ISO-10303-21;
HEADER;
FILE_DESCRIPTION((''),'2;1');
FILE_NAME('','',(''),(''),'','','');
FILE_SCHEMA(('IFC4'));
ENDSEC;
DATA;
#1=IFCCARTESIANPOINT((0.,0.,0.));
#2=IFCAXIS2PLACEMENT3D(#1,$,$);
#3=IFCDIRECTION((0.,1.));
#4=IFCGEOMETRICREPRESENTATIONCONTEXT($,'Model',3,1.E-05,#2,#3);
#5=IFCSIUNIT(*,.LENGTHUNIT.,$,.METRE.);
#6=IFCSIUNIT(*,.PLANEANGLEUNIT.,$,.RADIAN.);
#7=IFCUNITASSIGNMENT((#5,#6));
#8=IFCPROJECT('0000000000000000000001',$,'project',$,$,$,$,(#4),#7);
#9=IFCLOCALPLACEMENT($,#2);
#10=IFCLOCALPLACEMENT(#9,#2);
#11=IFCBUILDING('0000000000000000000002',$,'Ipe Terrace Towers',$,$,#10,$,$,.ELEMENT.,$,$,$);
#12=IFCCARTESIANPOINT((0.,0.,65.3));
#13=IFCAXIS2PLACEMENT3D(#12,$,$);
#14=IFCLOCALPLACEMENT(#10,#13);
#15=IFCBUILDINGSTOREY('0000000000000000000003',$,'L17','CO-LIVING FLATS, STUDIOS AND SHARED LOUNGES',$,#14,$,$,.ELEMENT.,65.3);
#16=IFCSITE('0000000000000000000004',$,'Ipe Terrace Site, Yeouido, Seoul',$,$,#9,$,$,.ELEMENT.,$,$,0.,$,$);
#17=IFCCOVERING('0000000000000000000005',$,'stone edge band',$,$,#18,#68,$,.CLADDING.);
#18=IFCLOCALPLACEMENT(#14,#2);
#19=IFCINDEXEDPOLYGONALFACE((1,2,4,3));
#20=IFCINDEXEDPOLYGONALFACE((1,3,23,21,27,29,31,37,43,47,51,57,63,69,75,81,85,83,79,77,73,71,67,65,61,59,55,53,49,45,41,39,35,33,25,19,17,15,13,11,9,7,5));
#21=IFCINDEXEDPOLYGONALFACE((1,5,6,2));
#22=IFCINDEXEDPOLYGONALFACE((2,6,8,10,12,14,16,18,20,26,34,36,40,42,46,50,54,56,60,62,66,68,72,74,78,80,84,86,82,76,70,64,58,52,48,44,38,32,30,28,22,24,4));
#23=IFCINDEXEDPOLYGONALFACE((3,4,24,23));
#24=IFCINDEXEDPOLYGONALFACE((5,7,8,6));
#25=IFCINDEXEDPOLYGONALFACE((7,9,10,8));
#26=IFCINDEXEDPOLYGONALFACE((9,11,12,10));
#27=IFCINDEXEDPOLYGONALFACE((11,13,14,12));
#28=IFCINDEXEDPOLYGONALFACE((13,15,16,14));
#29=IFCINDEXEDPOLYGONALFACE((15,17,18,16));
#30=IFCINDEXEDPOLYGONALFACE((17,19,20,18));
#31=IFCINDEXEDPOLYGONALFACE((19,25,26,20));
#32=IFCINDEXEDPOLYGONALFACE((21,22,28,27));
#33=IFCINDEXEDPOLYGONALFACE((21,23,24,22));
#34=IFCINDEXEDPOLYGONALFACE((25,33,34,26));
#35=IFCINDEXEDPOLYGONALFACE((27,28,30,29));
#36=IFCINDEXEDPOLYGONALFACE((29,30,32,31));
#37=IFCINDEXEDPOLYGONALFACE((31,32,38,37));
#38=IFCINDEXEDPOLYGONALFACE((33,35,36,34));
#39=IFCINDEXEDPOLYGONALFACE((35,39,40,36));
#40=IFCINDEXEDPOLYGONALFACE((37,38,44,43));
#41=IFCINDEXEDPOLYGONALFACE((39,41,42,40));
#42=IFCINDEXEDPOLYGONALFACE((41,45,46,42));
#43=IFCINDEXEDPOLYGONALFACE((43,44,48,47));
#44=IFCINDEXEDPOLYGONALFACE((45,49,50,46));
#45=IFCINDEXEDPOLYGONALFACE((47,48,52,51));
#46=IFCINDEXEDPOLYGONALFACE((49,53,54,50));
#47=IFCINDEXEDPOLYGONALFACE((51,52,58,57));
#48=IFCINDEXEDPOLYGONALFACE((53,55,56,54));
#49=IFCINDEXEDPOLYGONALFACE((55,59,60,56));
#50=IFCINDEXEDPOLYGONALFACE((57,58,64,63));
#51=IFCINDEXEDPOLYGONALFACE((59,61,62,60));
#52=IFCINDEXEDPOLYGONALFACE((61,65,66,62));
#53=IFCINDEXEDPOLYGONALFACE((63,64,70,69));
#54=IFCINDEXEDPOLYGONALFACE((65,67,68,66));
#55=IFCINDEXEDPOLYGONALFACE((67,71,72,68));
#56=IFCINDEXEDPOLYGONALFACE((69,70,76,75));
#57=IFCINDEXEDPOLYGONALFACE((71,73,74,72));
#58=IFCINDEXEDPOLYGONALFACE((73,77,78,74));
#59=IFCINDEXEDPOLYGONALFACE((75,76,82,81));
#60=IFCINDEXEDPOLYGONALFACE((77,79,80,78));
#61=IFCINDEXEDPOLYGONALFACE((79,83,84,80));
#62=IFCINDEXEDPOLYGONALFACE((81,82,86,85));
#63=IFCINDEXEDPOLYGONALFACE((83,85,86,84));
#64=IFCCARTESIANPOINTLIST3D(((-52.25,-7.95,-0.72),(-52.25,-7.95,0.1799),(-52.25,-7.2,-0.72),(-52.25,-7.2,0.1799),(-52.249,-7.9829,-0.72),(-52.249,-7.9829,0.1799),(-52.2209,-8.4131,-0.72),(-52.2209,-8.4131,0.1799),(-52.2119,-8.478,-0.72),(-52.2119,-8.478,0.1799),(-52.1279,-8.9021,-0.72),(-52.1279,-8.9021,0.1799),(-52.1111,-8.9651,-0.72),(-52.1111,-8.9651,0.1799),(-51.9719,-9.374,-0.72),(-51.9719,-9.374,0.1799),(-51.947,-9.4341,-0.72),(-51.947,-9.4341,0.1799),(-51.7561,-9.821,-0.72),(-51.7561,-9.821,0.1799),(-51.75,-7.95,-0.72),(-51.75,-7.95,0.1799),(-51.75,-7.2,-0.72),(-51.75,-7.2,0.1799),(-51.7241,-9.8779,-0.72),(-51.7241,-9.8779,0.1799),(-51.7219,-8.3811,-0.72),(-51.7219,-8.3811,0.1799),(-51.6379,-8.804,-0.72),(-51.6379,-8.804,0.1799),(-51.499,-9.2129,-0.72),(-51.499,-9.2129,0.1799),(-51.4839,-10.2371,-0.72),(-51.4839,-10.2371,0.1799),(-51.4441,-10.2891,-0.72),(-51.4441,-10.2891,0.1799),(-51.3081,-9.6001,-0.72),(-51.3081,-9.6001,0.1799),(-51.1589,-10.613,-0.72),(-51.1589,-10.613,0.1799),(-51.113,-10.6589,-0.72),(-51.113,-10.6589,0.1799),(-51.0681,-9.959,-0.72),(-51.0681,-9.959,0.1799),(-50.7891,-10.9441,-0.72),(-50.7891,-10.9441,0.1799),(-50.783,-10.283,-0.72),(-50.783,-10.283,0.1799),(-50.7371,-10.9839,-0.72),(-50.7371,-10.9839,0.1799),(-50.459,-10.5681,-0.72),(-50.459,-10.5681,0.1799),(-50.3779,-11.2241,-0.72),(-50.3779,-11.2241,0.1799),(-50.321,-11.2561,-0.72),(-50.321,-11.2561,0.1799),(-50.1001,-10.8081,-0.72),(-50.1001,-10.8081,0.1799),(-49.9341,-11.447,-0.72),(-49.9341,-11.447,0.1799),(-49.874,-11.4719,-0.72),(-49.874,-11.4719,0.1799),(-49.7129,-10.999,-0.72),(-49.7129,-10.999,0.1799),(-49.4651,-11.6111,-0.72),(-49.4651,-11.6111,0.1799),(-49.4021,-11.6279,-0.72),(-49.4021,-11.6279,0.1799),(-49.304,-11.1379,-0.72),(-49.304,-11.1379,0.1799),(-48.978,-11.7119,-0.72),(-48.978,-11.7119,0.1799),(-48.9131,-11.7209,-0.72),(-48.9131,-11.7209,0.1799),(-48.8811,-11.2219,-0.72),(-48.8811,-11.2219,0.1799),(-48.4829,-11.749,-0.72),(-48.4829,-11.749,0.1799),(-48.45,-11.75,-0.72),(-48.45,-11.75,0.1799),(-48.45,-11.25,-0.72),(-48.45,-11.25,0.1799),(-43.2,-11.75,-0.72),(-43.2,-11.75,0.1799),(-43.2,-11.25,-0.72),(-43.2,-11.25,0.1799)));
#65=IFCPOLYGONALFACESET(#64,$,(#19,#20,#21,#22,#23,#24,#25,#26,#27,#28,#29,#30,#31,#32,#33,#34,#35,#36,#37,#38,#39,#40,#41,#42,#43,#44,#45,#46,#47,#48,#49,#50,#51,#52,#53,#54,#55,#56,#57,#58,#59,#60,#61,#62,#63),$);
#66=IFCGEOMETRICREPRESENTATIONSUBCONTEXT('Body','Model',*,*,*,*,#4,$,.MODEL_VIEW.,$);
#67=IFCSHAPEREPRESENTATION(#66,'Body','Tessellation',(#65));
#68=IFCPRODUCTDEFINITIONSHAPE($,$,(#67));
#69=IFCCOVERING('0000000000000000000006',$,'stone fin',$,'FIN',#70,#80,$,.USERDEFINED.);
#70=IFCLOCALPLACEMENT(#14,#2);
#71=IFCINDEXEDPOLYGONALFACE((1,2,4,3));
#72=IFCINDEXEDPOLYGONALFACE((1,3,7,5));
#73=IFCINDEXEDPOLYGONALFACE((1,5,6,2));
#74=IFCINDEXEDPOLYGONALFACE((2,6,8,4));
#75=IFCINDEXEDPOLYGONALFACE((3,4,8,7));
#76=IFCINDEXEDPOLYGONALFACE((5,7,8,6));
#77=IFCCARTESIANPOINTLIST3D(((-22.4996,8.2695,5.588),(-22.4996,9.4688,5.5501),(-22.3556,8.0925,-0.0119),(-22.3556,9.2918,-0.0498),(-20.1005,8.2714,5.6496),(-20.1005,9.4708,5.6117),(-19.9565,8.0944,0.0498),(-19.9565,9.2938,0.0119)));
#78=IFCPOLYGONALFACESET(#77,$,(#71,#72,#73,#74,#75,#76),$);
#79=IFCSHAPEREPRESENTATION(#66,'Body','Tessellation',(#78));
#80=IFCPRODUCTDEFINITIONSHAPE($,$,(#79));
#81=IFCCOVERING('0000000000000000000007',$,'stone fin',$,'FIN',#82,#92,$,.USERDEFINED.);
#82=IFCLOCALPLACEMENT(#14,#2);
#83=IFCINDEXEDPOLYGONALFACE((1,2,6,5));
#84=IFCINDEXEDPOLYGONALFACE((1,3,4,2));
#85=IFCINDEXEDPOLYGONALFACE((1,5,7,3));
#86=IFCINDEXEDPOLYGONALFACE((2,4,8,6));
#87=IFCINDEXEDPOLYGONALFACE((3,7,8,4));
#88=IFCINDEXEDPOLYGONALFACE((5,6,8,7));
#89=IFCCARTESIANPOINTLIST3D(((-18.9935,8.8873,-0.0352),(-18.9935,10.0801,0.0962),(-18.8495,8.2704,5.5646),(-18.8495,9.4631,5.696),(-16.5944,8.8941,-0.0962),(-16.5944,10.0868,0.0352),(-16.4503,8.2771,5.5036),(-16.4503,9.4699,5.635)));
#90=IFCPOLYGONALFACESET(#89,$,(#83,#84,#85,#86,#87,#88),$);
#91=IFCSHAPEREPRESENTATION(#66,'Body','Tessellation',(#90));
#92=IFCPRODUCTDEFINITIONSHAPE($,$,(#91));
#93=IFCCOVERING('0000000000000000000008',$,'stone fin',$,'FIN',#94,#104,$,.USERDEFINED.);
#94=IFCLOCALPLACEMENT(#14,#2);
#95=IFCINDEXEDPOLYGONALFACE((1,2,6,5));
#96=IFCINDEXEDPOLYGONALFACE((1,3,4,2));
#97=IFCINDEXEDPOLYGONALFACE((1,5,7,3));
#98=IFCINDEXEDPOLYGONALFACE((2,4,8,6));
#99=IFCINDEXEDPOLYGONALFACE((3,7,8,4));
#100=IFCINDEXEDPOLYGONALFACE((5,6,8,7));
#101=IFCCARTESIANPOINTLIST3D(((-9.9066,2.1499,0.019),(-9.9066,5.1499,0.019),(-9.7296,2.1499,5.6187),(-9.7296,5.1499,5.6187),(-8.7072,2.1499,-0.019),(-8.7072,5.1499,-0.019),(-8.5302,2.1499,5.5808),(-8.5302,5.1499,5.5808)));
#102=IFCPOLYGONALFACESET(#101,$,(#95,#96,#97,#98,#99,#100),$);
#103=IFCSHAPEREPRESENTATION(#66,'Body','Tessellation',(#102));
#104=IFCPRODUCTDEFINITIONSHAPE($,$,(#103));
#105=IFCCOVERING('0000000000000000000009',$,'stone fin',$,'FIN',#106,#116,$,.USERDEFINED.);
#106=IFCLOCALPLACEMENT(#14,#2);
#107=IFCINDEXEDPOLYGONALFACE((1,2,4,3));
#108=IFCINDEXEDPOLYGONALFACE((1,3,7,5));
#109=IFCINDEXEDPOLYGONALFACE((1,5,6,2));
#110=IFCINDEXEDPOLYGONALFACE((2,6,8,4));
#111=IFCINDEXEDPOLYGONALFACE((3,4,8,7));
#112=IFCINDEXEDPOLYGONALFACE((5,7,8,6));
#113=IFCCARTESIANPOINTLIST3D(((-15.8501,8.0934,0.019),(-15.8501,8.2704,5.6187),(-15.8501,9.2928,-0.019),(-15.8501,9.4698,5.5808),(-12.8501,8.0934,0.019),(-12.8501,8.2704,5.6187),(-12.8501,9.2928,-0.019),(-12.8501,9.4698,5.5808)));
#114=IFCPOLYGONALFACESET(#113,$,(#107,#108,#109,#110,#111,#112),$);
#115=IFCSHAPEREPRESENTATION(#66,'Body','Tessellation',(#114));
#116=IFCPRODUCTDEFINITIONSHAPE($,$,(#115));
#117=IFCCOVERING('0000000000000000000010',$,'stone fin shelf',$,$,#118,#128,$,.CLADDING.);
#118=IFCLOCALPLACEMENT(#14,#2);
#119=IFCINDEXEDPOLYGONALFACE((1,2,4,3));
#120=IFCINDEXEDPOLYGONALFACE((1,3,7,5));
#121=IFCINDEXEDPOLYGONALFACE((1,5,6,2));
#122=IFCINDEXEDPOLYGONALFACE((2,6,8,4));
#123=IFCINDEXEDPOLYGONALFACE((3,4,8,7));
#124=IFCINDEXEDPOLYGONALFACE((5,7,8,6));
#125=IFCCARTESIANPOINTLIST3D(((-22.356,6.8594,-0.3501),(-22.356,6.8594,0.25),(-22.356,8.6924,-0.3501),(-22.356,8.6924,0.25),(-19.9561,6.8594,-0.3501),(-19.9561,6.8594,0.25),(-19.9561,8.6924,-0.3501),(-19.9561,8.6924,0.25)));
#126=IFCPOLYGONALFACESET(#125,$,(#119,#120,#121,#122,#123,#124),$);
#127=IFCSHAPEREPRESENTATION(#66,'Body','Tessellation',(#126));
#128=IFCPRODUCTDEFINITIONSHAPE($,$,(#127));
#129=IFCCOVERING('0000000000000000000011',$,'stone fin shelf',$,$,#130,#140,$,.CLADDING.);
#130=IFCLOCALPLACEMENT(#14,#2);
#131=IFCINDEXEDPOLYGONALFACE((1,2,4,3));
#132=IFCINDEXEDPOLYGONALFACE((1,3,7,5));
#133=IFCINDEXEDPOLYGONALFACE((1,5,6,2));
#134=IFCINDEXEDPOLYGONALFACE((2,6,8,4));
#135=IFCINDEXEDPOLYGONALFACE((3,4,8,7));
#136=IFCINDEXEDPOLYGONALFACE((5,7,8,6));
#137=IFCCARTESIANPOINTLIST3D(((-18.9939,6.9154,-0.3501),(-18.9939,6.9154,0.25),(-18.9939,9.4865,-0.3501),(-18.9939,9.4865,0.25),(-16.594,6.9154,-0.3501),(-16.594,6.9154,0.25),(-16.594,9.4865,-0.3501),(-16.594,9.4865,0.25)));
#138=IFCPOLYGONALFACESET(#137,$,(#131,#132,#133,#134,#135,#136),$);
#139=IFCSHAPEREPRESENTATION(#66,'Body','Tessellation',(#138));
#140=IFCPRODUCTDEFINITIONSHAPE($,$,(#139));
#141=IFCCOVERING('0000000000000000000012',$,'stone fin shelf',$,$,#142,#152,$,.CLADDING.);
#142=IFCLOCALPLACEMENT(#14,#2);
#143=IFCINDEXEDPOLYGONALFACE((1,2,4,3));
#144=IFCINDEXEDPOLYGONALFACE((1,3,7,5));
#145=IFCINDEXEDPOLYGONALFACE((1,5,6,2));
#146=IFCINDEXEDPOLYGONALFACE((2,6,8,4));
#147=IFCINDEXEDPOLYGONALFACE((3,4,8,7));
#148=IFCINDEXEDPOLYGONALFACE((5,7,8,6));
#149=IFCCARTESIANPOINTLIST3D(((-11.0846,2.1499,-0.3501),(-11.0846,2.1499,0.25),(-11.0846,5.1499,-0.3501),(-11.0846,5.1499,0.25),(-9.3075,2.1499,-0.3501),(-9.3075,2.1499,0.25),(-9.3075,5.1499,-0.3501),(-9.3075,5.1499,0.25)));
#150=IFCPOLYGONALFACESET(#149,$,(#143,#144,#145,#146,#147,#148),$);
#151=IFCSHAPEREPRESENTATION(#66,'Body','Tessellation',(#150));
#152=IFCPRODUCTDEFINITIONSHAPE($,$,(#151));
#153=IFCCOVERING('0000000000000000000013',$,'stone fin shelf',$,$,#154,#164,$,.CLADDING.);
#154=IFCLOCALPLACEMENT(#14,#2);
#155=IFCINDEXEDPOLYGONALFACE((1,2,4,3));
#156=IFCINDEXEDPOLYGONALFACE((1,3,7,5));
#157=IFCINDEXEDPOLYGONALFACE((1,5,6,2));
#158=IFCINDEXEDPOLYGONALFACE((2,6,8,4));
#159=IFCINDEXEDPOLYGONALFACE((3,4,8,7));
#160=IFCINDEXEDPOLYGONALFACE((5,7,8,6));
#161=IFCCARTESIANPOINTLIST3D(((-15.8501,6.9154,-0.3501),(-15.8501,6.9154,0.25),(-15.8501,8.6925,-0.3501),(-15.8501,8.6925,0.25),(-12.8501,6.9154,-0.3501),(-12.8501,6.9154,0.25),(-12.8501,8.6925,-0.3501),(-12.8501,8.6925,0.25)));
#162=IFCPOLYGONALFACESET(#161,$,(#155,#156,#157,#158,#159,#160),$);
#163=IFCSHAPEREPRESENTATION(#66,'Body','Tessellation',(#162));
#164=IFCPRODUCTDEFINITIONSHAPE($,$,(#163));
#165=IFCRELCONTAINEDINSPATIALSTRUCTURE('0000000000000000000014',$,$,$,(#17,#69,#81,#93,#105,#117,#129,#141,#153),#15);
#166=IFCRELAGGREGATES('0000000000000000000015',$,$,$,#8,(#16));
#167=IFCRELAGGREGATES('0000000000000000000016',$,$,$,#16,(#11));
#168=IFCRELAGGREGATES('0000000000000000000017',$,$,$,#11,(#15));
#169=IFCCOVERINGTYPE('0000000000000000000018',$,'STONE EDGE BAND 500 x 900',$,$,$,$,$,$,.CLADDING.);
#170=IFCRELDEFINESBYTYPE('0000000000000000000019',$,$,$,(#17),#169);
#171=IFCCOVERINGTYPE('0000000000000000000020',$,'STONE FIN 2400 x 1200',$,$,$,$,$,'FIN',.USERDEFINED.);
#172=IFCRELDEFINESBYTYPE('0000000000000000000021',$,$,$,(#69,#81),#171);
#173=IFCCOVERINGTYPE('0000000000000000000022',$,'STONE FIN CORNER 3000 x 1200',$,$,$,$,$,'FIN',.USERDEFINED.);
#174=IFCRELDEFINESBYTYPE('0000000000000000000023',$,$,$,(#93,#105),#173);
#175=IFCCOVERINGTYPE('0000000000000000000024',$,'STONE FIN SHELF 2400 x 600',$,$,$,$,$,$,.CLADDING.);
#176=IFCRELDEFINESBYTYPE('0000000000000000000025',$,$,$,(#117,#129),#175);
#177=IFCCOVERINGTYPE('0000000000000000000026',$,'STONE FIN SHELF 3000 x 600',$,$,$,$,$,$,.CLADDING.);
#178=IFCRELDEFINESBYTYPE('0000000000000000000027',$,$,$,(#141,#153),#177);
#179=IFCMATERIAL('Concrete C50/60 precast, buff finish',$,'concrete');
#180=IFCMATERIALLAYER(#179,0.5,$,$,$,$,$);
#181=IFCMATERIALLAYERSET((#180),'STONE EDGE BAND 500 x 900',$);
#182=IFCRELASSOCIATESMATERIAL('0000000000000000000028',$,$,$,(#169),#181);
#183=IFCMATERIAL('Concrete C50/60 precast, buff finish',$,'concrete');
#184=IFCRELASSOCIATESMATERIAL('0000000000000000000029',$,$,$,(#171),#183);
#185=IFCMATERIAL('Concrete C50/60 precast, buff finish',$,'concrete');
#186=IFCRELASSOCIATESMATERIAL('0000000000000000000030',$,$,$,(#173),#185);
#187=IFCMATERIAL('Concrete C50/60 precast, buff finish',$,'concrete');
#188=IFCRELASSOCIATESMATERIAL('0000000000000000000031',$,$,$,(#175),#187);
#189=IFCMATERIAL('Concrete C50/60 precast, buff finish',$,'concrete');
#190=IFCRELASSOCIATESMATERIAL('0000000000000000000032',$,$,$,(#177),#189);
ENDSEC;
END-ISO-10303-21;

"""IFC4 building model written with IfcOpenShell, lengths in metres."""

from ifc_helpers import new_model, si_unit, direction, frame, origin, origin_2d, place, context, subcontext, project, spatial, polyline, rectangle, outline, extrude, material, layer, layer_set, material_profile, profile_set, type_object, element, save


model = new_model("IFC4")

# Units and contexts
model_context = context("Model", 3, precision=1e-05, world=origin(), true_north=direction((0.0, 1.0)))
body_context = subcontext(model_context, "Body", "Model", "MODEL_VIEW")
ifc_project = project(units=[si_unit("LENGTHUNIT", "METRE"), si_unit("PLANEANGLEUNIT", "RADIAN")], contexts=[model_context])

# Site, building, storey
site_placement = place(None, origin())
site = spatial("IfcSite", under=ifc_project, at=site_placement, Name="Ipe Terrace Site, Yeouido, Seoul", CompositionType="ELEMENT", RefElevation=0.0)
building_placement = place(site_placement, origin())
building = spatial("IfcBuilding", under=site, at=building_placement, Name="Ipe Terrace Towers", CompositionType="ELEMENT")
storey_placement = place(building_placement, frame((0.0, 0.0, 65.3)))
storey = spatial("IfcBuildingStorey", under=building, at=storey_placement, Name="L17", Description="CO-LIVING FLATS, STUDIOS AND SHARED LOUNGES", CompositionType="ELEMENT", Elevation=65.3)

# Coverings
ifc_material_1 = material(Name="Concrete C50/60 precast, buff finish", Category="concrete")
ifc_layer_1 = layer(ifc_material_1, 0.5)
ifc_layer_set_1 = layer_set([ifc_layer_1], Name="STONE EDGE BAND 500 x 900")
covering_type_1 = type_object("IfcCoveringType", Name="STONE EDGE BAND 500 x 900", PredefinedType="CLADDING", material=ifc_layer_set_1)
covering_1_placement = place(storey_placement, frame((0.0, 0.0, -0.72)))
element("IfcCovering", 1, at=covering_1_placement, inside=storey, type_object=covering_type_1, Name="stone edge band", PredefinedType="CLADDING", context=body_context, shape_type="SweptSolid", body=[
    extrude(outline(polyline([(-48.45, -11.75), (-43.2, -11.75), (-43.2, -11.25), (-48.45, -11.25), (-48.8811, -11.2219), (-49.304, -11.1379), (-49.7129, -10.999), (-50.1001, -10.8081), (-50.459, -10.5681), (-50.783, -10.283), (-51.0681, -9.959), (-51.3081, -9.6001), (-51.499, -9.2129), (-51.6379, -8.804), (-51.7219, -8.3811), (-51.75, -7.95), (-51.75, -7.2), (-52.25, -7.2), (-52.25, -7.95), (-52.249, -7.9829), (-52.2209, -8.4131), (-52.2119, -8.478), (-52.1279, -8.9021), (-52.1111, -8.9651), (-51.9719, -9.374), (-51.947, -9.4341), (-51.7561, -9.821), (-51.7241, -9.8779), (-51.4839, -10.2371), (-51.4441, -10.2891), (-51.1589, -10.613), (-51.113, -10.6589), (-50.7891, -10.9441), (-50.7371, -10.9839), (-50.3779, -11.2241), (-50.321, -11.2561), (-49.9341, -11.447), (-49.874, -11.4719), (-49.4651, -11.6111), (-49.4021, -11.6279), (-48.978, -11.7119), (-48.9131, -11.7209), (-48.4829, -11.749), (-48.45, -11.75)])), origin(), (0.0, 0.0, 1.0), 0.8999),
])
ifc_material_2 = material(Name="Concrete C50/60 precast, buff finish", Category="concrete")
ifc_material_profile_1 = material_profile(ifc_material_2, rectangle(XDim=2.3999, YDim=1.2, at=origin_2d()), Name="STONE FIN 2400 x 1200")
ifc_profile_set_1 = profile_set([ifc_material_profile_1], Name="Concrete C50/60 precast, buff finish")
covering_type_2 = type_object("IfcCoveringType", Name="STONE FIN 2400 x 1200", ElementType="FIN", PredefinedType="USERDEFINED", material=ifc_profile_set_1)
covering_2_placement = place(storey_placement, frame((-21.156, 8.6931, 0.0), z_axis=(-0.025701, 0.031582, 0.999171), x_axis=(-0.99967, -0.000812, -0.025688)))
element("IfcCovering", 2, at=covering_2_placement, inside=storey, type_object=covering_type_2, Name="stone fin", ObjectType="FIN", PredefinedType="USERDEFINED", context=body_context, shape_type="SweptSolid", body=[
    extrude(rectangle(XDim=2.3999, YDim=1.2, at=origin_2d()), origin(), (0.0, 0.0, 1.0), 5.6045),
])
covering_3_placement = place(storey_placement, frame((-17.7939, 9.4871, 0.0), z_axis=(0.02556, -0.109473, 0.993661), x_axis=(-0.999673, -0.002799, 0.025406)))
element("IfcCovering", 3, at=covering_3_placement, inside=storey, type_object=covering_type_2, Name="stone fin", ObjectType="FIN", PredefinedType="USERDEFINED", context=body_context, shape_type="SweptSolid", body=[
    extrude(rectangle(XDim=2.3999, YDim=1.2, at=origin_2d()), origin(), (0.0, 0.0, 1.0), 5.6355),
])
ifc_material_3 = material(Name="Concrete C50/60 precast, buff finish", Category="concrete")
ifc_material_profile_2 = material_profile(ifc_material_3, rectangle(XDim=3.0, YDim=1.2, at=origin_2d()), Name="STONE FIN CORNER 3000 x 1200")
ifc_profile_set_2 = profile_set([ifc_material_profile_2], Name="Concrete C50/60 precast, buff finish")
covering_type_3 = type_object("IfcCoveringType", Name="STONE FIN CORNER 3000 x 1200", ElementType="FIN", PredefinedType="USERDEFINED", material=ifc_profile_set_2)
for number, where, z_axis, x_axis, name in (
    (4, (-9.3069, 3.6499, 0.0), (0.031593, 0.0, 0.999501), (0.0, 1.0, 0.0), "stone fin"),
    (5, (-14.3501, 8.6931, 0.0), (0.0, 0.031593, 0.999501), (-1.0, 0.0, 0.0), "stone fin"),
):
    element("IfcCovering", number, at=place(storey_placement, frame(where, z_axis=z_axis, x_axis=x_axis)), inside=storey, type_object=covering_type_3, Name=name, ObjectType="FIN", PredefinedType="USERDEFINED", context=body_context, shape_type="SweptSolid", body=[
        extrude(rectangle(XDim=3.0, YDim=1.2, at=origin_2d()), origin(), (0.0, 0.0, 1.0), 5.6025),
    ])
ifc_material_4 = material(Name="Concrete C50/60 precast, buff finish", Category="concrete")
covering_type_4 = type_object("IfcCoveringType", Name="STONE FIN SHELF 2400 x 600", PredefinedType="CLADDING", material=ifc_material_4)
covering_4_placement = place(storey_placement, frame((-21.156, 7.7759, -0.3501), z_axis=(0.0, 0.0, 1.0), x_axis=(-1.0, 0.0, 0.0)))
element("IfcCovering", 6, at=covering_4_placement, inside=storey, type_object=covering_type_4, Name="stone fin shelf", PredefinedType="CLADDING", context=body_context, shape_type="SweptSolid", body=[
    extrude(rectangle(XDim=2.3999, YDim=1.833, at=origin_2d()), origin(), (0.0, 0.0, 1.0), 0.6001),
])
covering_5_placement = place(storey_placement, frame((-17.7939, 8.2009, -0.3501), z_axis=(0.0, 0.0, 1.0), x_axis=(-1.0, 0.0, 0.0)))
element("IfcCovering", 7, at=covering_5_placement, inside=storey, type_object=covering_type_4, Name="stone fin shelf", PredefinedType="CLADDING", context=body_context, shape_type="SweptSolid", body=[
    extrude(rectangle(XDim=2.3999, YDim=2.571, at=origin_2d()), origin(), (0.0, 0.0, 1.0), 0.6001),
])
ifc_material_5 = material(Name="Concrete C50/60 precast, buff finish", Category="concrete")
covering_type_5 = type_object("IfcCoveringType", Name="STONE FIN SHELF 3000 x 600", PredefinedType="CLADDING", material=ifc_material_5)
for number, where, z_axis, x_axis, name in (
    (8, (-10.196, 3.6499, -0.3501), (0.0, 0.0, 1.0), (0.0, 1.0, 0.0), "stone fin shelf"),
    (9, (-14.3501, 7.804, -0.3501), (0.0, 0.0, 1.0), (-1.0, 0.0, 0.0), "stone fin shelf"),
):
    element("IfcCovering", number, at=place(storey_placement, frame(where, z_axis=z_axis, x_axis=x_axis)), inside=storey, type_object=covering_type_5, Name=name, PredefinedType="CLADDING", context=body_context, shape_type="SweptSolid", body=[
        extrude(rectangle(XDim=3.0, YDim=1.7771, at=origin_2d()), origin(), (0.0, 0.0, 1.0), 0.6001),
    ])

save(model, "model.ifc")
